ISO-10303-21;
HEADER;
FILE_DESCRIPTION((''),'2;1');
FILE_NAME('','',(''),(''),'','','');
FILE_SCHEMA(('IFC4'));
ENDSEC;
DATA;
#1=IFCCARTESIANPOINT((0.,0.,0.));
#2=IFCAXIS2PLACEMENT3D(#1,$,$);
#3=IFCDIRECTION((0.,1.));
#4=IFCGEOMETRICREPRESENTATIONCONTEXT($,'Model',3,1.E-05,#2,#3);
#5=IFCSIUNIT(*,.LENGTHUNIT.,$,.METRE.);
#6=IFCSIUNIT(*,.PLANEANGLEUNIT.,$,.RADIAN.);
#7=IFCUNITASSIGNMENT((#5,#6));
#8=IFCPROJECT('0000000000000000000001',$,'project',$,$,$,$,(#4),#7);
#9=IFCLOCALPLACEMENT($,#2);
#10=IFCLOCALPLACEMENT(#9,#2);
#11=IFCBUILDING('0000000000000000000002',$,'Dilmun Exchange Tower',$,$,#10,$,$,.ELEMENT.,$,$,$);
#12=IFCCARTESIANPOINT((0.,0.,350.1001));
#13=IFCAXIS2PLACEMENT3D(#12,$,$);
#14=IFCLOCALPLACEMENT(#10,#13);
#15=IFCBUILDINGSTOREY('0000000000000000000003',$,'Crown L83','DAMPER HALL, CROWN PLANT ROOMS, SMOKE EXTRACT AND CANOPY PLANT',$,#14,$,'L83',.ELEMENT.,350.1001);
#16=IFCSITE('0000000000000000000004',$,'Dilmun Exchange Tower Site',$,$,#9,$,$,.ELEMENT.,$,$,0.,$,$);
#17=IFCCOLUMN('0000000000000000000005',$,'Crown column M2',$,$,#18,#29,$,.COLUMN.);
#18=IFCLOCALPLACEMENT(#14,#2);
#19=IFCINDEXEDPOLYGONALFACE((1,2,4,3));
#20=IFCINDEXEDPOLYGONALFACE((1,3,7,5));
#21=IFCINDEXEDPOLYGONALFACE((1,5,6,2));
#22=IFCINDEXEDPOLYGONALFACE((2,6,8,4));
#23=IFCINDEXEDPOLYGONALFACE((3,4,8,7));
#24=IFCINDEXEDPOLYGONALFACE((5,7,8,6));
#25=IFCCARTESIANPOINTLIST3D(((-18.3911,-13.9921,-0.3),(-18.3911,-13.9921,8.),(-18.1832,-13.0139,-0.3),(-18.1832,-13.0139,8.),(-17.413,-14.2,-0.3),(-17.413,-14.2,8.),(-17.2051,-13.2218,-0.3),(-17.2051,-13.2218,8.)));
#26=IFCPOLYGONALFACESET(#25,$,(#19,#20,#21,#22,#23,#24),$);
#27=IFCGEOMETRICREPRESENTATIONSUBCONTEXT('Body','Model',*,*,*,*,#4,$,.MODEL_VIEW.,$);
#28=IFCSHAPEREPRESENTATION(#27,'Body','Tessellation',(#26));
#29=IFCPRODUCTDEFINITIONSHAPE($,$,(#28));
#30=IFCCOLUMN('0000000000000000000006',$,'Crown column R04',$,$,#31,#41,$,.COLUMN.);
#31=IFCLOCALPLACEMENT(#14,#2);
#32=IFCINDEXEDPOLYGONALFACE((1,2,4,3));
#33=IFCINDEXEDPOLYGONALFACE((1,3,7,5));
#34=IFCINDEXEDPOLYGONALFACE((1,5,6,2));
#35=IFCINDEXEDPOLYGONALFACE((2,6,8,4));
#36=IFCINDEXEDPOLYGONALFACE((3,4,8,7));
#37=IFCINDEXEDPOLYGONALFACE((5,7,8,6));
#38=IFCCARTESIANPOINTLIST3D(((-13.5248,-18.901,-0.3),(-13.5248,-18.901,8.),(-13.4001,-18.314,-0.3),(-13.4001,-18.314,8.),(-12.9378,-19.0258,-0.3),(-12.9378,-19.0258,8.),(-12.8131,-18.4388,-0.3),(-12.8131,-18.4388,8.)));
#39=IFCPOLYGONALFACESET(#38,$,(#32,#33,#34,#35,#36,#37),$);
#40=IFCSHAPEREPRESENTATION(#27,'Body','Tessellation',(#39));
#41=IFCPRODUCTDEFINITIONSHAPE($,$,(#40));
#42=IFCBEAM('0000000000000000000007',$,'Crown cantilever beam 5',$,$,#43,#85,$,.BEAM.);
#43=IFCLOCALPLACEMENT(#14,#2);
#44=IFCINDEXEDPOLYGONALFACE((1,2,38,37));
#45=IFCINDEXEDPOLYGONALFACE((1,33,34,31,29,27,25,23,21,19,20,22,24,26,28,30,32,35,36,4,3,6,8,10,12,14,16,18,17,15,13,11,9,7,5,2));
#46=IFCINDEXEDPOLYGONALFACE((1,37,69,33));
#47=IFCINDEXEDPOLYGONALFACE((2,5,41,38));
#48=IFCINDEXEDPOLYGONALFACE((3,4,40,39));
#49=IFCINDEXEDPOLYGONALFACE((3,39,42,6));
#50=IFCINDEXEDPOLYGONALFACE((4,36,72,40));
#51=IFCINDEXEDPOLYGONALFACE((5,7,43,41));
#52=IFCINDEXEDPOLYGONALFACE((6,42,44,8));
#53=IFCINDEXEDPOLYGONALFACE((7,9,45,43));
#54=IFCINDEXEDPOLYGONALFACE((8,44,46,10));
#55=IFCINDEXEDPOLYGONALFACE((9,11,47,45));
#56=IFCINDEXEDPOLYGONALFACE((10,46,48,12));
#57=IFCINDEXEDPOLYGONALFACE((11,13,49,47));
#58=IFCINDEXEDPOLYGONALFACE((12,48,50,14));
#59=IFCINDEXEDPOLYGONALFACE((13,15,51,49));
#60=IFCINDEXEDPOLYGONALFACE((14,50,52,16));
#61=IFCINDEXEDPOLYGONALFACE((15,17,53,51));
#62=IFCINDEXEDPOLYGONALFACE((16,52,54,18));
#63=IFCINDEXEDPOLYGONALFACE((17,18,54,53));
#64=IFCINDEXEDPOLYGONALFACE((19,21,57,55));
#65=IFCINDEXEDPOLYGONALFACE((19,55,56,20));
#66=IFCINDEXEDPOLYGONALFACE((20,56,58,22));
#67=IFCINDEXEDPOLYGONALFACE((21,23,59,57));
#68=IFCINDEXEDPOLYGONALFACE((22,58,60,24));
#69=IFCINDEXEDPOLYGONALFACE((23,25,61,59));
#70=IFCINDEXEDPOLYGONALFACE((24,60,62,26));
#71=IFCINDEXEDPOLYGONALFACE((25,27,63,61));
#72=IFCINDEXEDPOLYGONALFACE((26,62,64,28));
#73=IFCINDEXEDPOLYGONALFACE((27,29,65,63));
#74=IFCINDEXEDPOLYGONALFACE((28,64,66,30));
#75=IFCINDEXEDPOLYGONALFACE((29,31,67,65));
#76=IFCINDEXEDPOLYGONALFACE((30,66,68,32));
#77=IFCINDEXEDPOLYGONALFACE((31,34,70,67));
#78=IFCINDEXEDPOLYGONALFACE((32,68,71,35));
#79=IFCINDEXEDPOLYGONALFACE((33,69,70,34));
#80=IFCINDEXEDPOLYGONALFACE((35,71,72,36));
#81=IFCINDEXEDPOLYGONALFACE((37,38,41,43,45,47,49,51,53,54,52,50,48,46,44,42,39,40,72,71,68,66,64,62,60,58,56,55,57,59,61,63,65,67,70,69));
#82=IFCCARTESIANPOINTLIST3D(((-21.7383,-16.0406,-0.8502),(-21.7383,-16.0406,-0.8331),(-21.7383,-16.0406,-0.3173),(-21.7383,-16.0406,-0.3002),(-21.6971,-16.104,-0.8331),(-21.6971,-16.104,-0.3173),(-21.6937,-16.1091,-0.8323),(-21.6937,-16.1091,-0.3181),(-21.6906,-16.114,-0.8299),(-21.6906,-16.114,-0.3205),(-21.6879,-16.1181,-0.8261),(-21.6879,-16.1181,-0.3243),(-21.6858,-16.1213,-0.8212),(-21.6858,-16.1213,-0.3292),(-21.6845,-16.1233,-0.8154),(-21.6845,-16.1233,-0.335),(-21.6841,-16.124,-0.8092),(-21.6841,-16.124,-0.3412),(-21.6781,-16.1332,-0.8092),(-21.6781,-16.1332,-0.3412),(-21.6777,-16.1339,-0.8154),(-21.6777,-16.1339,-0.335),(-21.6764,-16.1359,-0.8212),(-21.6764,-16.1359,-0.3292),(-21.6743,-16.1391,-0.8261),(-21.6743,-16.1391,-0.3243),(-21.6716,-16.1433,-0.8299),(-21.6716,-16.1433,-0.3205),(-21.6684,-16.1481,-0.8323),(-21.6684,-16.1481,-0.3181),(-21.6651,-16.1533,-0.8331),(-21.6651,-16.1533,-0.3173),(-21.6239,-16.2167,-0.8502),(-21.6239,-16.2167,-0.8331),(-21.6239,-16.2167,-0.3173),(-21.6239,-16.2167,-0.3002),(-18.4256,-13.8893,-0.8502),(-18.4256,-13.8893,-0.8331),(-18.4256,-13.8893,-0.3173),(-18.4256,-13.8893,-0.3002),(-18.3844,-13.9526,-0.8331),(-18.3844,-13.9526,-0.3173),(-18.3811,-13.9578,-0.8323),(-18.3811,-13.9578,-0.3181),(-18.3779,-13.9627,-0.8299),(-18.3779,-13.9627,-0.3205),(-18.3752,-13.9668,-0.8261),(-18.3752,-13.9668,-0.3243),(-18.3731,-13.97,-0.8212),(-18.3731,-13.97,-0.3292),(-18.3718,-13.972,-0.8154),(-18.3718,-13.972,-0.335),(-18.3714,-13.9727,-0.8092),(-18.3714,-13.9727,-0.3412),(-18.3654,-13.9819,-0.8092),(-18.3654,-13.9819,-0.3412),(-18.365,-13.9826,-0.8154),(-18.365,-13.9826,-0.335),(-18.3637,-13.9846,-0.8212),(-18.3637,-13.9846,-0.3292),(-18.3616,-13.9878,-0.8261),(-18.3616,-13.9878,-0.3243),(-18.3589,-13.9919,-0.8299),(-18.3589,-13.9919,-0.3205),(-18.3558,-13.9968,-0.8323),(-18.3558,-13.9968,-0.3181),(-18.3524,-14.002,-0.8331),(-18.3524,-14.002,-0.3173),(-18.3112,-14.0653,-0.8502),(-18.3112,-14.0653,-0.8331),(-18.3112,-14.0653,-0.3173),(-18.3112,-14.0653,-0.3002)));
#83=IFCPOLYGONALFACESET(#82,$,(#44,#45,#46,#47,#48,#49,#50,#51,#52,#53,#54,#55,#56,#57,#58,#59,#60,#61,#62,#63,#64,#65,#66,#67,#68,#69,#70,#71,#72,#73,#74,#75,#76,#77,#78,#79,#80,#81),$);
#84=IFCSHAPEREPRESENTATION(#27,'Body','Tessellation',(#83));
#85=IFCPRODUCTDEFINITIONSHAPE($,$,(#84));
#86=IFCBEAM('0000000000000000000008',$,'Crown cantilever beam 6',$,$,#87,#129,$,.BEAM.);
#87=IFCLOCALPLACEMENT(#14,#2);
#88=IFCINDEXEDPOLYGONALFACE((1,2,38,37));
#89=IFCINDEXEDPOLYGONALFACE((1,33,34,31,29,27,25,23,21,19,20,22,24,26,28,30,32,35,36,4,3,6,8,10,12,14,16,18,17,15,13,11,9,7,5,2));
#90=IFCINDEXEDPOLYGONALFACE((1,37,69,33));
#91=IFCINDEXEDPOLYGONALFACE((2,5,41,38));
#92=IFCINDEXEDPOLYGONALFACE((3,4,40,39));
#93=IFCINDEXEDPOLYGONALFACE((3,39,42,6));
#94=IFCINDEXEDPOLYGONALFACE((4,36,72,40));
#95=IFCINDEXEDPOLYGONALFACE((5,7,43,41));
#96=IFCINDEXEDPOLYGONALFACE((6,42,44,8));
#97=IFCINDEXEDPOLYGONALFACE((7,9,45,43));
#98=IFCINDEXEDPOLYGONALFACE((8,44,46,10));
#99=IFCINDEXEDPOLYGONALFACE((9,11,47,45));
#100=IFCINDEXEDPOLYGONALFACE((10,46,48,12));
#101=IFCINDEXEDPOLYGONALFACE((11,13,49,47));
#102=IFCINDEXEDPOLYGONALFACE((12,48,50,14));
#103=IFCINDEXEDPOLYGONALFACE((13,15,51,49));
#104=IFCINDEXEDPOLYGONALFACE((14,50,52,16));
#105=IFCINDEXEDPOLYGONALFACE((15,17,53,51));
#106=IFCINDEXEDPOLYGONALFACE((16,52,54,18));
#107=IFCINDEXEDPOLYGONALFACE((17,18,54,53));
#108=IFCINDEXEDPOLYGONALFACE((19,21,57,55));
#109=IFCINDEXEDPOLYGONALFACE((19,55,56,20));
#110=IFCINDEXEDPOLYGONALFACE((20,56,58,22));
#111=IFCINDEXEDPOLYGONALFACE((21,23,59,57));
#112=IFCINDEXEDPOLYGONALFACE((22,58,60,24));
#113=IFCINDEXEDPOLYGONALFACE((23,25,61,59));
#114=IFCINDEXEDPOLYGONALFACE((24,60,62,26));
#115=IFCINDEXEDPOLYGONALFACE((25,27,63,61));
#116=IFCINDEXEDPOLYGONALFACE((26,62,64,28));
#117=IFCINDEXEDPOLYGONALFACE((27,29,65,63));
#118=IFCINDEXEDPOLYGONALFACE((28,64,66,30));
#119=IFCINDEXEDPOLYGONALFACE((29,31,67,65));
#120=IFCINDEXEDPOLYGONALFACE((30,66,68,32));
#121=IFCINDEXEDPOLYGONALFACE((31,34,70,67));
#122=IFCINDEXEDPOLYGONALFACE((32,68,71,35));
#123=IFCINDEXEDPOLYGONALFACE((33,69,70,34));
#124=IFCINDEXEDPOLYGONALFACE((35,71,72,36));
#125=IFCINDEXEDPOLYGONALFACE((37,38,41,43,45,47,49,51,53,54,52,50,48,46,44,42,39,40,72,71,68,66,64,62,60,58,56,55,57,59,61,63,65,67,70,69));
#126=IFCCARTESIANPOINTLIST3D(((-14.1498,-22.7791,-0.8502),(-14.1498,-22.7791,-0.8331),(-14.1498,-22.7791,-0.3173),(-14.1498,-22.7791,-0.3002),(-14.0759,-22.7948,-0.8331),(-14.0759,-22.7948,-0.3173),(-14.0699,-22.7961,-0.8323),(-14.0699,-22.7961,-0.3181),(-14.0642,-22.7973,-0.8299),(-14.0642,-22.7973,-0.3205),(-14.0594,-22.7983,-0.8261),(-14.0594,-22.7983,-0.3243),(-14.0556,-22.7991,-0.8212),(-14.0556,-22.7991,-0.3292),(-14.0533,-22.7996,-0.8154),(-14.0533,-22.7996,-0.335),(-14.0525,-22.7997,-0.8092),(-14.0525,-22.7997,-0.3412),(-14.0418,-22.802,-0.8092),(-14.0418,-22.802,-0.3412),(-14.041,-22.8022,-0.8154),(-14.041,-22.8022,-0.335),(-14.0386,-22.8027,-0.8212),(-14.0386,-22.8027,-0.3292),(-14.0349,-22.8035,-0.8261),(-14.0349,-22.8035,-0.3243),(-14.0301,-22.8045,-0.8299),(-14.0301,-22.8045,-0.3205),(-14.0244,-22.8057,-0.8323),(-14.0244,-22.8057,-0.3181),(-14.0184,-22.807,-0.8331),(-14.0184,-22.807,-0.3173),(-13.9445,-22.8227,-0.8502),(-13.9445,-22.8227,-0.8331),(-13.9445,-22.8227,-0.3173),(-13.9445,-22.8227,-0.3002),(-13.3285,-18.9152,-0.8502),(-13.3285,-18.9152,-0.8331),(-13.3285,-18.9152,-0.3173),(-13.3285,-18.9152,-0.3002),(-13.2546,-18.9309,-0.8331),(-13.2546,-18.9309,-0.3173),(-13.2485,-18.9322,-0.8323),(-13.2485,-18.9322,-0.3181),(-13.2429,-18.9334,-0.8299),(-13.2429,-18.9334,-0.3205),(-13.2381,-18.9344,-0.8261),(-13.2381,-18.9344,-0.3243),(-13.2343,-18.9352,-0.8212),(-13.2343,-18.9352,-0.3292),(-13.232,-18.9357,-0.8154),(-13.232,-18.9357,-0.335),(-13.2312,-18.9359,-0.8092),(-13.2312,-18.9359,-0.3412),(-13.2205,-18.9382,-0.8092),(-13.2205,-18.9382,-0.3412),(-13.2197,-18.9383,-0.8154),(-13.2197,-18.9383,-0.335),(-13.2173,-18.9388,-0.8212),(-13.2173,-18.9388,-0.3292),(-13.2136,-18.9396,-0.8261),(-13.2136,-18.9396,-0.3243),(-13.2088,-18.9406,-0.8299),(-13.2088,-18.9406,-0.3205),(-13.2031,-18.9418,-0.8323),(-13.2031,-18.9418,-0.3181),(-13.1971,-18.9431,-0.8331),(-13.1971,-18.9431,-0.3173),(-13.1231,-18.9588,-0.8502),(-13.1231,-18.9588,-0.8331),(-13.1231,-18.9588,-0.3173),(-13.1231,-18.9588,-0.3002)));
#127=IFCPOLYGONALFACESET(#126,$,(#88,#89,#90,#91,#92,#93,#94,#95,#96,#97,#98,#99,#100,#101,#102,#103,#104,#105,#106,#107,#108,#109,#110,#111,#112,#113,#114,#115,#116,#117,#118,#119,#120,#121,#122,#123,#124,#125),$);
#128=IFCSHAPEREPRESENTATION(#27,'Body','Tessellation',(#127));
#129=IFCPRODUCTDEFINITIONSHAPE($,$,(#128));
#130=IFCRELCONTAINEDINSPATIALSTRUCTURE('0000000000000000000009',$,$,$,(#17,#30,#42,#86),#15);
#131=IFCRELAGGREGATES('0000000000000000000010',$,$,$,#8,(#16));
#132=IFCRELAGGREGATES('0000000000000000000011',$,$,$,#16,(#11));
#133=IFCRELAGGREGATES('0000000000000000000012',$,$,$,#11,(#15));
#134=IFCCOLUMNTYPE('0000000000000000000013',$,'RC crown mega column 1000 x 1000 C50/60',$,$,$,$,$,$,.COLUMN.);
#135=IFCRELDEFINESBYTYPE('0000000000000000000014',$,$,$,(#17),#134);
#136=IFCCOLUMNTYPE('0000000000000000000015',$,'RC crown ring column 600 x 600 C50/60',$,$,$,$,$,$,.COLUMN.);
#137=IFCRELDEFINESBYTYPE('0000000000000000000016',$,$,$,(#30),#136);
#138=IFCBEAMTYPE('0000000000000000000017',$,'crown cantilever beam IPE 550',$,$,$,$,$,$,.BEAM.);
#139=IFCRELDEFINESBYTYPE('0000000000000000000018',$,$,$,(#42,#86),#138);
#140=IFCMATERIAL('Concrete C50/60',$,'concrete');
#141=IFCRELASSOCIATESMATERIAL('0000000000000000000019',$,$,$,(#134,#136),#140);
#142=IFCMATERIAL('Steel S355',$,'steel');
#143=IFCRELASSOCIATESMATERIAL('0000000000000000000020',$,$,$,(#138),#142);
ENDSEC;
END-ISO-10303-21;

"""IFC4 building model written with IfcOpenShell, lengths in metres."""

from ifc_helpers import new_model, si_unit, direction, frame, origin, origin_2d, place, context, subcontext, project, spatial, rectangle, i_section, extrude, material, material_profile, profile_set, type_object, element, save


model = new_model("IFC4")

# Units and contexts
model_context = context("Model", 3, precision=1e-05, world=origin(), true_north=direction((0.0, 1.0)))
body_context = subcontext(model_context, "Body", "Model", "MODEL_VIEW")
ifc_project = project(units=[si_unit("LENGTHUNIT", "METRE"), si_unit("PLANEANGLEUNIT", "RADIAN")], contexts=[model_context])

# Site, building, storey
site_placement = place(None, origin())
site = spatial("IfcSite", under=ifc_project, at=site_placement, Name="Dilmun Exchange Tower Site", CompositionType="ELEMENT", RefElevation=0.0)
building_placement = place(site_placement, origin())
building = spatial("IfcBuilding", under=site, at=building_placement, Name="Dilmun Exchange Tower", CompositionType="ELEMENT")
storey_placement = place(building_placement, frame((0.0, 0.0, 350.1001)))
storey = spatial("IfcBuildingStorey", under=building, at=storey_placement, Name="Crown L83", Description="DAMPER HALL, CROWN PLANT ROOMS, SMOKE EXTRACT AND CANOPY PLANT", LongName="L83", CompositionType="ELEMENT", Elevation=350.1001)

# Columns
ifc_material_1 = material(Name="Concrete C50/60", Category="concrete")
ifc_material_profile_1 = material_profile(ifc_material_1, rectangle(XDim=1.0, YDim=1.0, at=origin_2d()), Name="1000 x 1000")
ifc_profile_set_1 = profile_set([ifc_material_profile_1], Name="Concrete C50/60")
column_type_1 = type_object("IfcColumnType", Name="RC crown mega column 1000 x 1000 C50/60", PredefinedType="COLUMN", material=ifc_profile_set_1)
column_1_placement = place(storey_placement, frame((-17.7981, -13.6069, -0.3), z_axis=(0.0, 0.0, 1.0), x_axis=(0.207912, 0.978148, 0.0)))
element("IfcColumn", 1, at=column_1_placement, inside=storey, type_object=column_type_1, Name="Crown column M2", PredefinedType="COLUMN", context=body_context, shape_type="SweptSolid", body=[
    extrude(rectangle(XDim=1.0, YDim=1.0, at=origin_2d()), origin(), (0.0, 0.0, 1.0), 8.3),
])
ifc_material_profile_2 = material_profile(ifc_material_1, rectangle(XDim=0.6001, YDim=0.6001, at=origin_2d()), Name="600 x 600")
ifc_profile_set_2 = profile_set([ifc_material_profile_2], Name="Concrete C50/60")
column_type_2 = type_object("IfcColumnType", Name="RC crown ring column 600 x 600 C50/60", PredefinedType="COLUMN", material=ifc_profile_set_2)
column_2_placement = place(storey_placement, frame((-13.1689, -18.6699, -0.3), z_axis=(0.0, 0.0, 1.0), x_axis=(0.207912, 0.978148, 0.0)))
element("IfcColumn", 2, at=column_2_placement, inside=storey, type_object=column_type_2, Name="Crown column R04", PredefinedType="COLUMN", context=body_context, shape_type="SweptSolid", body=[
    extrude(rectangle(XDim=0.6001, YDim=0.6001, at=origin_2d()), origin(), (0.0, 0.0, 1.0), 8.3),
])

# Beams
ifc_material_2 = material(Name="Steel S355", Category="steel")
ifc_material_profile_3 = material_profile(ifc_material_2, i_section(OverallWidth=0.21, OverallDepth=0.55, WebThickness=0.011, FlangeThickness=0.0171, FilletRadius=0.0239, at=origin_2d()), Name="IPE 550")
ifc_profile_set_3 = profile_set([ifc_material_profile_3], Name="Steel S355")
beam_type = type_object("IfcBeamType", Name="crown cantilever beam IPE 550", PredefinedType="BEAM", material=ifc_profile_set_3)
beam_1_placement = place(storey_placement, frame((-18.3684, -13.9773, -0.5752), z_axis=(-0.838665, -0.544647, 0.0), x_axis=(0.544647, -0.838665, 0.0)))
element("IfcBeam", 3, at=beam_1_placement, inside=storey, type_object=beam_type, Name="Crown cantilever beam 5", PredefinedType="BEAM", context=body_context, shape_type="SweptSolid", body=[
    extrude(i_section(OverallWidth=0.21, OverallDepth=0.55, WebThickness=0.011, FlangeThickness=0.0171, FilletRadius=0.0239, at=origin_2d()), origin(), (0.0, 0.0, 1.0), 3.95),
])
beam_2_placement = place(storey_placement, frame((-13.2258, -18.937, -0.5752), z_axis=(-0.207916, -0.978147, 0.0), x_axis=(0.978147, -0.207916, 0.0)))
element("IfcBeam", 4, at=beam_2_placement, inside=storey, type_object=beam_type, Name="Crown cantilever beam 6", PredefinedType="BEAM", context=body_context, shape_type="SweptSolid", body=[
    extrude(i_section(OverallWidth=0.21, OverallDepth=0.55, WebThickness=0.011, FlangeThickness=0.0171, FilletRadius=0.0239, at=origin_2d()), origin(), (0.0, 0.0, 1.0), 3.9502),
])

save(model, "model.ifc")
